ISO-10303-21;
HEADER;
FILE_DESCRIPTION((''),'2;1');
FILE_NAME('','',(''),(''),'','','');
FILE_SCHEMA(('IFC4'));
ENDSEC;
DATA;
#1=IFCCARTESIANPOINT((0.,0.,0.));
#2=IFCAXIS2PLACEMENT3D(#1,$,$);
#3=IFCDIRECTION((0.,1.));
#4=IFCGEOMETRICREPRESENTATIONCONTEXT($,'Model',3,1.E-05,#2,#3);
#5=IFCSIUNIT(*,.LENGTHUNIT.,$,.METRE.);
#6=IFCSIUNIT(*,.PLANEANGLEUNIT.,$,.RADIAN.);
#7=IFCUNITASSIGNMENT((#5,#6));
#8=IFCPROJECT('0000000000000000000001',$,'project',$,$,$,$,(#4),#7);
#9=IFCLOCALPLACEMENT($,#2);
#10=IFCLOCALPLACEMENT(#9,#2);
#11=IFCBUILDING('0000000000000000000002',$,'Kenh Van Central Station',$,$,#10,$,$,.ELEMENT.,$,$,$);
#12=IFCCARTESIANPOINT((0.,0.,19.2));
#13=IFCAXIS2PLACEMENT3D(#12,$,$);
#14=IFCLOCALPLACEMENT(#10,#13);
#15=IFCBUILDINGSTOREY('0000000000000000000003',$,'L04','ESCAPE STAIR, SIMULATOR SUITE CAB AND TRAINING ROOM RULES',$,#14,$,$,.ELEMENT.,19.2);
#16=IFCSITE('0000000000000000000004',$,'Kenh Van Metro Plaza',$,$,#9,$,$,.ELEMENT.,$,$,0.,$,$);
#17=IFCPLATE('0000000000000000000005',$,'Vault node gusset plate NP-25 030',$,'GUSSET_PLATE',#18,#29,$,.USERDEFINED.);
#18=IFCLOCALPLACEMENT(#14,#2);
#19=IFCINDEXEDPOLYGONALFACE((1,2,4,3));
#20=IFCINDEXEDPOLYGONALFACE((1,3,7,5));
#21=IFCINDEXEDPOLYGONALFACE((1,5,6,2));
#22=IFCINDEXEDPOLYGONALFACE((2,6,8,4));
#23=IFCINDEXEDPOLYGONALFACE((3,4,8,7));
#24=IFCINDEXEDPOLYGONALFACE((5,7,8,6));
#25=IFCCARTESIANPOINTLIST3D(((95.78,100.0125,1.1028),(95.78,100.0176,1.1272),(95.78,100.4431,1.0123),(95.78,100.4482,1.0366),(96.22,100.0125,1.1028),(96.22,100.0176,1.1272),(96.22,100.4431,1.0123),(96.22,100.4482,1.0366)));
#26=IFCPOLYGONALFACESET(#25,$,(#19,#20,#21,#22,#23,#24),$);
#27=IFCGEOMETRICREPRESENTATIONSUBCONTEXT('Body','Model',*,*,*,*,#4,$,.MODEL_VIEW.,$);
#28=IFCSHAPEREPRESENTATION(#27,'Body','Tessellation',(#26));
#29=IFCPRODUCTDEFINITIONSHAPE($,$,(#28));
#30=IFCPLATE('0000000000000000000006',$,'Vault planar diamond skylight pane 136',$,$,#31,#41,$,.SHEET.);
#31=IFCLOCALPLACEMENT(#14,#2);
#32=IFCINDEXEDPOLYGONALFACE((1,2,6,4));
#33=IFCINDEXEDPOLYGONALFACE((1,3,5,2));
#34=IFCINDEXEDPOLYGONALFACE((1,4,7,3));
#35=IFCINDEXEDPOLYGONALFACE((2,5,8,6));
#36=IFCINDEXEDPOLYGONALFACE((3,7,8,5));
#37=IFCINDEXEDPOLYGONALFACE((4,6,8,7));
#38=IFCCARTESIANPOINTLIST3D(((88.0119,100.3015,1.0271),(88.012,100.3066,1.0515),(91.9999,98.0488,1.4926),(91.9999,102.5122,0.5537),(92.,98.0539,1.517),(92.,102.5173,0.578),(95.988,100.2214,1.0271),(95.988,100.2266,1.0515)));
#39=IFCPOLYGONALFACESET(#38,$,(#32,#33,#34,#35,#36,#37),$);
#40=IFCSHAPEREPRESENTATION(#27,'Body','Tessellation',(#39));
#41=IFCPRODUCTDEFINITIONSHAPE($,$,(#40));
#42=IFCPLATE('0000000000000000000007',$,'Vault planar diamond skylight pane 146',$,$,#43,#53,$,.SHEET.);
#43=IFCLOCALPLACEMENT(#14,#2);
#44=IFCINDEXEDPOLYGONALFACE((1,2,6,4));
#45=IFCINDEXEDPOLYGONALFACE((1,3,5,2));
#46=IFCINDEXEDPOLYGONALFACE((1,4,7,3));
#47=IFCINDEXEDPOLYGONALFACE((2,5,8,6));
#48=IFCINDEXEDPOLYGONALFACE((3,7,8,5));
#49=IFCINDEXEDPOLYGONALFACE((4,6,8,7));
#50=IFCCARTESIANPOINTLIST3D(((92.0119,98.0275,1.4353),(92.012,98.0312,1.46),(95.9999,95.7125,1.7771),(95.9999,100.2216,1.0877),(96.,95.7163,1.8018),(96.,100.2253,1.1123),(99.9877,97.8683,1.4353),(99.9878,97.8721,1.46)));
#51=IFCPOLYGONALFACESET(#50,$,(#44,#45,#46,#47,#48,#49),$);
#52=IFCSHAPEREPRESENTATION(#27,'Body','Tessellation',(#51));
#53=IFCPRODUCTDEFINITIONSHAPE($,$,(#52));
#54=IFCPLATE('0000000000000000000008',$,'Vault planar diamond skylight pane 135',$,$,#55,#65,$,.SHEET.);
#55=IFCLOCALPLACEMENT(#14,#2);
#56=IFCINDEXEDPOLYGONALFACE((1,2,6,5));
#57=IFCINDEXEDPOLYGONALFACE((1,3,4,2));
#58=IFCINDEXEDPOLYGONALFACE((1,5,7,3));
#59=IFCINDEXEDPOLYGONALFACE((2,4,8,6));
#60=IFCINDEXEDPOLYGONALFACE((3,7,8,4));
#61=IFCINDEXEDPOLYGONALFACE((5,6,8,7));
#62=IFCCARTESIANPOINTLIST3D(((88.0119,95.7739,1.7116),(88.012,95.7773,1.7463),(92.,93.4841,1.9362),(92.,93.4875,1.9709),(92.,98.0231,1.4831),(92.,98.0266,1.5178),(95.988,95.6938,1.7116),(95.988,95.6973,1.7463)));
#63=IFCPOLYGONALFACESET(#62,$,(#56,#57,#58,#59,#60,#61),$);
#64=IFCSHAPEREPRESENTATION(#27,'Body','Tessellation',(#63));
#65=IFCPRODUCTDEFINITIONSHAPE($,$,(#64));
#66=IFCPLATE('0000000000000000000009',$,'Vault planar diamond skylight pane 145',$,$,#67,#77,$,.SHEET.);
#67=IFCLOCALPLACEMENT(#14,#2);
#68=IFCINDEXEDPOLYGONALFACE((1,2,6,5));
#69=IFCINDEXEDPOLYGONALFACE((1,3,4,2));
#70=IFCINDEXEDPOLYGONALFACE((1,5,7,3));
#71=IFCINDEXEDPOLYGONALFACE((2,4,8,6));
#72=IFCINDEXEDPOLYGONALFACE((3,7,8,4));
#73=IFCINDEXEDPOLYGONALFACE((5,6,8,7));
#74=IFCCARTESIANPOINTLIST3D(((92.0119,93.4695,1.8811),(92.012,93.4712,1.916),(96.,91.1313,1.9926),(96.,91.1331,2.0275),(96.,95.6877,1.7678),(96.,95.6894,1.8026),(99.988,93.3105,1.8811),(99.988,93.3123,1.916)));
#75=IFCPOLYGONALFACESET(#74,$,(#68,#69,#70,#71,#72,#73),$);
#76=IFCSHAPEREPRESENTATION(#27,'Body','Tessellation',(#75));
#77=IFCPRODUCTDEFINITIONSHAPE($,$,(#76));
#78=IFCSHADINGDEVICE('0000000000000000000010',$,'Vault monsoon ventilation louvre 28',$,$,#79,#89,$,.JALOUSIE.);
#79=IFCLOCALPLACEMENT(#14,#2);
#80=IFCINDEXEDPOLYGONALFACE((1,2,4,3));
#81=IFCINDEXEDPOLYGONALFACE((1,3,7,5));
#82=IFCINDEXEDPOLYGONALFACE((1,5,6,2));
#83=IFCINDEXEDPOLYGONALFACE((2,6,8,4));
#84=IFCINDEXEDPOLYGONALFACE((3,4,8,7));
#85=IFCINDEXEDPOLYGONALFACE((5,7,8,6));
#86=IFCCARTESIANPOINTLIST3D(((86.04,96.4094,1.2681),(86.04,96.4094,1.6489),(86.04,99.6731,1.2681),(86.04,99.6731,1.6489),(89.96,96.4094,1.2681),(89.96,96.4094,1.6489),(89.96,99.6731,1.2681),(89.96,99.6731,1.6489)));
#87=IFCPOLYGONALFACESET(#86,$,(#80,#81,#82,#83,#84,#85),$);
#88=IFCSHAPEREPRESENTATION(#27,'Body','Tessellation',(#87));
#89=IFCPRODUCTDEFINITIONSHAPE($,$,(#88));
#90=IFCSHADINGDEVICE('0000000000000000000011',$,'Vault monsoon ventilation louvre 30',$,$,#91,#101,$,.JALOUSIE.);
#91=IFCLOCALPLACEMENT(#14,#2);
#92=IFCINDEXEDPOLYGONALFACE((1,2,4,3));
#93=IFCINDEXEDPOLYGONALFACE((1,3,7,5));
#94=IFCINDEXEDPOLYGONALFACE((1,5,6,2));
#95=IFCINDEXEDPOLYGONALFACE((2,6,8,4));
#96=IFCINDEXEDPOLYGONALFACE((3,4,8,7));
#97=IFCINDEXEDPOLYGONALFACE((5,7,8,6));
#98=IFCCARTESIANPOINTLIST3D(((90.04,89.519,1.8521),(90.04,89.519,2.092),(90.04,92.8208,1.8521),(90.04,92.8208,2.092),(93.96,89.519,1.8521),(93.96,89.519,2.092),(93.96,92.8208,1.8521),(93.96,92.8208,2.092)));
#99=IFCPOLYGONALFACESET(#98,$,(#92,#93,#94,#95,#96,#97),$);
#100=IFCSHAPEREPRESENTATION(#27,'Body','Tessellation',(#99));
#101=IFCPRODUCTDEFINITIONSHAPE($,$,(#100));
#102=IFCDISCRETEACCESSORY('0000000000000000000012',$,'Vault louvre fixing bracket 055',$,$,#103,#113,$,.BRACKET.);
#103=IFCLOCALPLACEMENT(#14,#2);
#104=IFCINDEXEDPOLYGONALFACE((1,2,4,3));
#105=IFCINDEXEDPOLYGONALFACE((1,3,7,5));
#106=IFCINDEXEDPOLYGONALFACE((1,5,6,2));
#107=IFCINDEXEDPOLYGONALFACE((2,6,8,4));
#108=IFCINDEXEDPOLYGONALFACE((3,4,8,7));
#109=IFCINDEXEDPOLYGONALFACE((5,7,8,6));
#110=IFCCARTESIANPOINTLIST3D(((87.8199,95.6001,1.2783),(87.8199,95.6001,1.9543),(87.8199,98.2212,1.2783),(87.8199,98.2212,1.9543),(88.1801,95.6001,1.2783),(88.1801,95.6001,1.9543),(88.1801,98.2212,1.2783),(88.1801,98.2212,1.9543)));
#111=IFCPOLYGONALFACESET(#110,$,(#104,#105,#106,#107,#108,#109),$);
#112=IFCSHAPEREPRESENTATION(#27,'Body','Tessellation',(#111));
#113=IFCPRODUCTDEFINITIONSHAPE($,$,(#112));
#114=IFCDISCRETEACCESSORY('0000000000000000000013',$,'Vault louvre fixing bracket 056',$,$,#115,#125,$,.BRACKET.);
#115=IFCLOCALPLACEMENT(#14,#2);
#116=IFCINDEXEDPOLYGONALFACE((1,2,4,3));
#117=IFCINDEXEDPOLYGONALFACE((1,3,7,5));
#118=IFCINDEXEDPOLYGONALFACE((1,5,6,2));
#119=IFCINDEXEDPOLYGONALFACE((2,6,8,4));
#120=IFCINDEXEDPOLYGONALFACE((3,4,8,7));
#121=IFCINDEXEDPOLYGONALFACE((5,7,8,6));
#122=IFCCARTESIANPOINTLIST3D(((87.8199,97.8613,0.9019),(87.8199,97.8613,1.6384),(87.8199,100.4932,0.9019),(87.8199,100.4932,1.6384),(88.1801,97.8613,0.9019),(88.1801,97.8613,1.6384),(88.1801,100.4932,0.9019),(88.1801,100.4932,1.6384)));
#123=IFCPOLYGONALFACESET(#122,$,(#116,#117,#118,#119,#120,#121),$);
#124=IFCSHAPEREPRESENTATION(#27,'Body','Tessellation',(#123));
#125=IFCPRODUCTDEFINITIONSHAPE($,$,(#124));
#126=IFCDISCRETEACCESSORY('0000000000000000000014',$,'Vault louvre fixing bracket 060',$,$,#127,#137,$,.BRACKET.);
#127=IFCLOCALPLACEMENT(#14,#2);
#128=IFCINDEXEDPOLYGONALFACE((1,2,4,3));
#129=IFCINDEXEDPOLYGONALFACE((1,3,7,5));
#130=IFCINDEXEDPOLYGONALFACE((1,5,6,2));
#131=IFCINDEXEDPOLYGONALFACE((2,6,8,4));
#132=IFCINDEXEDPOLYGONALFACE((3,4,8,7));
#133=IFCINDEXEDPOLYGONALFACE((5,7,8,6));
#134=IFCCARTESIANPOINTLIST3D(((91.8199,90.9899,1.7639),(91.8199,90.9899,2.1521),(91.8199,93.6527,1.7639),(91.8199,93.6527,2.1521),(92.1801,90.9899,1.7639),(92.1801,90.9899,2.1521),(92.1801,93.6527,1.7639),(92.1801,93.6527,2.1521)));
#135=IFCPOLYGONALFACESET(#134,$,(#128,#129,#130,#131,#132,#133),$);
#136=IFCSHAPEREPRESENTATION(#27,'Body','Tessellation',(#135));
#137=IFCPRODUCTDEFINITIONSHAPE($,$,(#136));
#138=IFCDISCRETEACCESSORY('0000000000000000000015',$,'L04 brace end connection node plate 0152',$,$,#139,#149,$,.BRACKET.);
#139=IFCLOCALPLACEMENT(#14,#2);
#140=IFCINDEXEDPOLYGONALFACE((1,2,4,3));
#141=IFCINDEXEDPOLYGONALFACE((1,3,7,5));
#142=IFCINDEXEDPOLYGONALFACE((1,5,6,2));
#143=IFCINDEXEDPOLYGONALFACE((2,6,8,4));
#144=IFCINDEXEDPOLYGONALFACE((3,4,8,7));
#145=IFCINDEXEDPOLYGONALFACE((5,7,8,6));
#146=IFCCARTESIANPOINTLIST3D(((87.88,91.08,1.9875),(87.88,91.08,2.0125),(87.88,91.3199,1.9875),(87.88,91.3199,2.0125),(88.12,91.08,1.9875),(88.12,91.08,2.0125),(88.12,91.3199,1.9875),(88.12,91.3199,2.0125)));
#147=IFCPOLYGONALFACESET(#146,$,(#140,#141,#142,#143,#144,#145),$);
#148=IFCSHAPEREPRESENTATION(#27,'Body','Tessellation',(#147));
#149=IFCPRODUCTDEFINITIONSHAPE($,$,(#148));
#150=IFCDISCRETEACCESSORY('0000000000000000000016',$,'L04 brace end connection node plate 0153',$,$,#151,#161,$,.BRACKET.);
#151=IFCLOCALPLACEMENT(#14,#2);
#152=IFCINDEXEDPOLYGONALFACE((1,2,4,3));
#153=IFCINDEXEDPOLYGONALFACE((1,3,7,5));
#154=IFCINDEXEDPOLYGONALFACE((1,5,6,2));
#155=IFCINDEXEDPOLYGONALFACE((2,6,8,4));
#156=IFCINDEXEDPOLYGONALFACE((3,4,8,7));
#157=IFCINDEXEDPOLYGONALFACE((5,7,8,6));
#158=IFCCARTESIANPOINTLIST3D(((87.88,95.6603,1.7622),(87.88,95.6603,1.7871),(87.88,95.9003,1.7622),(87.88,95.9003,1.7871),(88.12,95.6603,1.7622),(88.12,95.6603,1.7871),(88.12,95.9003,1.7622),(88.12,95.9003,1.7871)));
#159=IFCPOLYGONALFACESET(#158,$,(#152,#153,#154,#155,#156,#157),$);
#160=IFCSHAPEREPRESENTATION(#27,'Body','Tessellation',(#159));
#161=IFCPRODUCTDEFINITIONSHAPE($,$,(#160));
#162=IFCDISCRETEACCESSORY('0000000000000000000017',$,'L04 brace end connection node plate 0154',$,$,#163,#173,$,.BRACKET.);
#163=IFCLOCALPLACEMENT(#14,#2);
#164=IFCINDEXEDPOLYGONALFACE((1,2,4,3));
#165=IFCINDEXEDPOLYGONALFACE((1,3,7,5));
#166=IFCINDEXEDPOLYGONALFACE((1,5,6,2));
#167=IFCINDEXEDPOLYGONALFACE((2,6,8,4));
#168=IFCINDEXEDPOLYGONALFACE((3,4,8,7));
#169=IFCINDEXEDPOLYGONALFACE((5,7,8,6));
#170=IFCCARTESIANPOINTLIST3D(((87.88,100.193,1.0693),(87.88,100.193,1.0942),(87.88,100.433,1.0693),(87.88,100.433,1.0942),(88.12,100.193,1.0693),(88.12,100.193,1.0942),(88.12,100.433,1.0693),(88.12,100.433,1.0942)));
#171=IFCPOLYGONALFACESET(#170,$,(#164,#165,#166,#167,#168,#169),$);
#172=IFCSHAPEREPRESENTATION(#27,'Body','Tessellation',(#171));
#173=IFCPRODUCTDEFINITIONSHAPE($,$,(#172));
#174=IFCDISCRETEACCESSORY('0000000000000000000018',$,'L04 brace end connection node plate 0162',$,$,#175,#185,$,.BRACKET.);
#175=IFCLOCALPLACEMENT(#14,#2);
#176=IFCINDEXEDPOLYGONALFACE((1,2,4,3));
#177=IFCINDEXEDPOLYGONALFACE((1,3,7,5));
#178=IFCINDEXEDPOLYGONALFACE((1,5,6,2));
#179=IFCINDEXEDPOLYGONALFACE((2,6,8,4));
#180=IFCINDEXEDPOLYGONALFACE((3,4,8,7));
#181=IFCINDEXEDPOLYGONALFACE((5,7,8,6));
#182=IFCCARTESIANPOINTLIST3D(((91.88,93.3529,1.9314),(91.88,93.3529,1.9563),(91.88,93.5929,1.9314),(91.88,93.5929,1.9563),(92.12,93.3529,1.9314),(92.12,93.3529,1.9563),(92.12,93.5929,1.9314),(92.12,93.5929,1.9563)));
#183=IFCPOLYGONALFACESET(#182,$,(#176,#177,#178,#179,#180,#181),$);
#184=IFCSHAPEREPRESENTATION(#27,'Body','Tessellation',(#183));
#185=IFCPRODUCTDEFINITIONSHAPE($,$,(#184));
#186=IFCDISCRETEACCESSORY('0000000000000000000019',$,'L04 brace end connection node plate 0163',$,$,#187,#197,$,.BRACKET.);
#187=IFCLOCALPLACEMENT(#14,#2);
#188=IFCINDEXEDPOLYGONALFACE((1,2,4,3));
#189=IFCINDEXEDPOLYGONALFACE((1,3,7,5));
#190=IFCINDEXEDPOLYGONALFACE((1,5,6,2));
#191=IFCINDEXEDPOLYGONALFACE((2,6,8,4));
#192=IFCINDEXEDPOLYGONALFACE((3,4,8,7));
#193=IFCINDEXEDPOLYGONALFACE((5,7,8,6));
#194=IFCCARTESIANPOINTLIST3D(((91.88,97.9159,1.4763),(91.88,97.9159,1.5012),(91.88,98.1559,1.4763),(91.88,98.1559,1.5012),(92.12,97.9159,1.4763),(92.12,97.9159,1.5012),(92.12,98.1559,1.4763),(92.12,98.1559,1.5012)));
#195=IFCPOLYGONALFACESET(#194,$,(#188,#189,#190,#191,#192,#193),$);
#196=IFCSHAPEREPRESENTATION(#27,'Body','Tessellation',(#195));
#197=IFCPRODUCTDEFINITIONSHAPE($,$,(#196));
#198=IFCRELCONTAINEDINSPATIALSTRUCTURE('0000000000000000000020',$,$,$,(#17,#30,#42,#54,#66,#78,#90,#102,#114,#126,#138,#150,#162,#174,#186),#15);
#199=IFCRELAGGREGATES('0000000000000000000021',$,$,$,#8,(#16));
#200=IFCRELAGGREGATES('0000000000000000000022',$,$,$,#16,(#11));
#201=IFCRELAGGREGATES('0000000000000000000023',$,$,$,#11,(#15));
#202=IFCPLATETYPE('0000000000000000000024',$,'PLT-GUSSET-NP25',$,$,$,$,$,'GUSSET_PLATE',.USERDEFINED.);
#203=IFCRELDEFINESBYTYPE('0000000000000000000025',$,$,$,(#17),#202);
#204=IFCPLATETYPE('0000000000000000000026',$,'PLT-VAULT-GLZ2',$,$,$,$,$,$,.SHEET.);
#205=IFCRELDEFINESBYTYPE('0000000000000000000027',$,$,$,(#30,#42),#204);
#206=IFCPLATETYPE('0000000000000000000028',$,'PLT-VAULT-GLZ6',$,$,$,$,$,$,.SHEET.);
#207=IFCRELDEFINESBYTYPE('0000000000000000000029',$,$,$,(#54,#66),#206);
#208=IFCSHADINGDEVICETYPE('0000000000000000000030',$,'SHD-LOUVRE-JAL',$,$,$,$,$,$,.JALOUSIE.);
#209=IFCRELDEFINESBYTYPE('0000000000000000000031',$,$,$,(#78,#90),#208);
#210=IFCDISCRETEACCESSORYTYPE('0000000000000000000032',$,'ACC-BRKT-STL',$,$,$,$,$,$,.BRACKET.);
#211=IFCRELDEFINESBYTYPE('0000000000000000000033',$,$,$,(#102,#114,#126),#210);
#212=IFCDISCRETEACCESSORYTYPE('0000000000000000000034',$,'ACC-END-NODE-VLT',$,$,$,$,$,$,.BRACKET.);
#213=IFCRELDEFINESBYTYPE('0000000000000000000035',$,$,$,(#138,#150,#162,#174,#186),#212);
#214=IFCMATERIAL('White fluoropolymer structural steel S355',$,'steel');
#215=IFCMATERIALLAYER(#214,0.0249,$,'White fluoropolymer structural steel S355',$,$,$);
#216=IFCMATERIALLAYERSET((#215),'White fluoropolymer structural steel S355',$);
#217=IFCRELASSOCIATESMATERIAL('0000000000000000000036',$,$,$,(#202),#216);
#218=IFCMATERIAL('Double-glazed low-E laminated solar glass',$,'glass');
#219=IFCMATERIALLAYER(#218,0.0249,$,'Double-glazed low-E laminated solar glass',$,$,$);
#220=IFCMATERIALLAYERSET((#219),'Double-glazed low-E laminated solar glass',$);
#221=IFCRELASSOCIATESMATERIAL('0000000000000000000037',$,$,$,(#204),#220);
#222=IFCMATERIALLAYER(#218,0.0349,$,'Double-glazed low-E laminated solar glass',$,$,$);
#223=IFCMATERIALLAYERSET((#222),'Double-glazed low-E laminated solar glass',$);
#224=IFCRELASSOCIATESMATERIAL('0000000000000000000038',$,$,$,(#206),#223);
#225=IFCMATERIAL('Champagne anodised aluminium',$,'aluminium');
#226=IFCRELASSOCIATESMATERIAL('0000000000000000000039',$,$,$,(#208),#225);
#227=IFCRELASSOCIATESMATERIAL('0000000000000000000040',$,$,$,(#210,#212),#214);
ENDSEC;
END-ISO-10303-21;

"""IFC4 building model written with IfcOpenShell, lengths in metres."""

from ifc_helpers import new_model, si_unit, direction, frame, origin, origin_2d, place, context, subcontext, project, spatial, polyline, rectangle, outline, extrude, material, layer, layer_set, type_object, element, save


model = new_model("IFC4")

# Units and contexts
model_context = context("Model", 3, precision=1e-05, world=origin(), true_north=direction((0.0, 1.0)))
body_context = subcontext(model_context, "Body", "Model", "MODEL_VIEW")
ifc_project = project(units=[si_unit("LENGTHUNIT", "METRE"), si_unit("PLANEANGLEUNIT", "RADIAN")], contexts=[model_context])

# Site, building, storey
site_placement = place(None, origin())
site = spatial("IfcSite", under=ifc_project, at=site_placement, Name="Kenh Van Metro Plaza", CompositionType="ELEMENT", RefElevation=0.0)
building_placement = place(site_placement, origin())
building = spatial("IfcBuilding", under=site, at=building_placement, Name="Kenh Van Central Station", CompositionType="ELEMENT")
storey_placement = place(building_placement, frame((0.0, 0.0, 19.2)))
storey = spatial("IfcBuildingStorey", under=building, at=storey_placement, Name="L04", Description="ESCAPE STAIR, SIMULATOR SUITE CAB AND TRAINING ROOM RULES", CompositionType="ELEMENT", Elevation=19.2)

# Shared definitions
ifc_material_1 = material(Name="White fluoropolymer structural steel S355", Category="steel")

# Plates
ifc_layer_1 = layer(ifc_material_1, 0.0249, Name="White fluoropolymer structural steel S355")
ifc_layer_set_1 = layer_set([ifc_layer_1], Name="White fluoropolymer structural steel S355")
plate_type_1 = type_object("IfcPlateType", Name="PLT-GUSSET-NP25", ElementType="GUSSET_PLATE", PredefinedType="USERDEFINED", material=ifc_layer_set_1)
plate_1_placement = place(storey_placement, frame((95.78, 100.0176, 1.1272), z_axis=(0.0, 0.205815, 0.978591), x_axis=(1.0, 0.0, 0.0)))
element("IfcPlate", 1, at=plate_1_placement, inside=storey, type_object=plate_type_1, Name="Vault node gusset plate NP-25 030", ObjectType="GUSSET_PLATE", PredefinedType="USERDEFINED", context=body_context, shape_type="SweptSolid", body=[
    extrude(outline(polyline([(0.0, 0.0), (0.4399, 0.0), (0.4399, 0.4401), (0.0, 0.4401), (0.0, 0.0)])), origin(), (0.0, 0.0, -1.0), 0.0249),
])
ifc_material_2 = material(Name="Double-glazed low-E laminated solar glass", Category="glass")
ifc_layer_2 = layer(ifc_material_2, 0.0249, Name="Double-glazed low-E laminated solar glass")
ifc_layer_set_2 = layer_set([ifc_layer_2], Name="Double-glazed low-E laminated solar glass")
plate_type_2 = type_object("IfcPlateType", Name="PLT-VAULT-GLZ2", PredefinedType="SHEET", material=ifc_layer_set_2)
plate_2_placement = place(storey_placement, frame((88.012, 100.3066, 1.0515), z_axis=(0.002067, 0.205864, 0.978578), x_axis=(0.866232, -0.489305, 0.101106)))
element("IfcPlate", 2, at=plate_2_placement, inside=storey, type_object=plate_type_2, Name="Vault planar diamond skylight pane 136", PredefinedType="SHEET", context=body_context, shape_type="SweptSolid", body=[
    extrude(outline(polyline([(0.0, 0.0), (4.6039, 0.0), (6.9483, 3.9173), (2.325, 3.951), (0.0, 0.0)])), origin(), (0.0, 0.0, -1.0), 0.0249),
])
plate_3_placement = place(storey_placement, frame((92.012, 98.0312, 1.46), z_axis=(0.003017, 0.151147, 0.988507), x_axis=(0.862488, -0.50065, 0.07392)))
element("IfcPlate", 3, at=plate_3_placement, inside=storey, type_object=plate_type_2, Name="Vault planar diamond skylight pane 146", PredefinedType="SHEET", context=body_context, shape_type="SweptSolid", body=[
    extrude(outline(polyline([(0.0, 0.0), (4.6239, 0.0), (6.9588, 3.9006), (2.3155, 3.9342), (0.0, 0.0)])), origin(), (0.0, 0.0, -1.0), 0.0249),
])
ifc_layer_3 = layer(ifc_material_2, 0.0349, Name="Double-glazed low-E laminated solar glass")
ifc_layer_set_3 = layer_set([ifc_layer_3], Name="Double-glazed low-E laminated solar glass")
plate_type_3 = type_object("IfcPlateType", Name="PLT-VAULT-GLZ6", PredefinedType="SHEET", material=ifc_layer_set_3)
plate_4_placement = place(storey_placement, frame((88.012, 95.7773, 1.7463), z_axis=(0.000997, 0.099334, 0.995054), x_axis=(0.866186, -0.497335, 0.04878)))
element("IfcPlate", 4, at=plate_4_placement, inside=storey, type_object=plate_type_3, Name="Vault planar diamond skylight pane 135", PredefinedType="SHEET", context=body_context, shape_type="SweptSolid", body=[
    extrude(outline(polyline([(0.0, 0.0), (4.6041, 0.0), (6.9486, 3.9168), (2.3246, 3.9512), (0.0, 0.0)])), origin(), (0.0, 0.0, -1.0), 0.0349),
])
plate_5_placement = place(storey_placement, frame((92.012, 93.4712, 1.916), z_axis=(0.000982, 0.049289, 0.998784), x_axis=(0.862417, -0.505625, 0.024104)))
element("IfcPlate", 5, at=plate_5_placement, inside=storey, type_object=plate_type_3, Name="Vault planar diamond skylight pane 145", PredefinedType="SHEET", context=body_context, shape_type="SweptSolid", body=[
    extrude(outline(polyline([(0.0, 0.0), (4.6243, 0.0), (6.9591, 3.9006), (2.315, 3.9343), (0.0, 0.0)])), origin(), (0.0, 0.0, -1.0), 0.0349),
])

# Shading devices
ifc_material_3 = material(Name="Champagne anodised aluminium", Category="aluminium")
shading_device_type = type_object("IfcShadingDeviceType", Name="SHD-LOUVRE-JAL", PredefinedType="JALOUSIE", material=ifc_material_3)
shading_device_1_placement = place(storey_placement, frame((88.0, 98.0413, 1.2681), z_axis=(0.0, 0.0, 1.0), x_axis=(1.0, 0.0, 0.0)))
element("IfcShadingDevice", 6, at=shading_device_1_placement, inside=storey, type_object=shading_device_type, Name="Vault monsoon ventilation louvre 28", PredefinedType="JALOUSIE", context=body_context, shape_type="SweptSolid", body=[
    extrude(rectangle(XDim=3.9199, YDim=3.2637, at=origin_2d()), origin(), (0.0, 0.0, 1.0), 0.3809),
])
shading_device_2_placement = place(storey_placement, frame((92.0, 91.1699, 1.8521), z_axis=(0.0, 0.0, 1.0), x_axis=(1.0, 0.0, 0.0)))
element("IfcShadingDevice", 7, at=shading_device_2_placement, inside=storey, type_object=shading_device_type, Name="Vault monsoon ventilation louvre 30", PredefinedType="JALOUSIE", context=body_context, shape_type="SweptSolid", body=[
    extrude(rectangle(XDim=3.9199, YDim=3.3018, at=origin_2d()), origin(), (0.0, 0.0, 1.0), 0.24),
])

# Discrete accessories
discrete_accessory_type_1 = type_object("IfcDiscreteAccessoryType", Name="ACC-BRKT-STL", PredefinedType="BRACKET", material=ifc_material_1)
discrete_accessory_1_placement = place(storey_placement, frame((88.0, 96.9106, 1.2783), z_axis=(0.0, 0.0, 1.0), x_axis=(1.0, 0.0, 0.0)))
element("IfcDiscreteAccessory", 8, at=discrete_accessory_1_placement, inside=storey, type_object=discrete_accessory_type_1, Name="Vault louvre fixing bracket 055", PredefinedType="BRACKET", context=body_context, shape_type="SweptSolid", body=[
    extrude(rectangle(XDim=0.3601, YDim=2.6211, at=origin_2d()), origin(), (0.0, 0.0, 1.0), 0.676),
])
discrete_accessory_2_placement = place(storey_placement, frame((88.0, 99.1772, 0.9019), z_axis=(0.0, 0.0, 1.0), x_axis=(1.0, 0.0, 0.0)))
element("IfcDiscreteAccessory", 9, at=discrete_accessory_2_placement, inside=storey, type_object=discrete_accessory_type_1, Name="Vault louvre fixing bracket 056", PredefinedType="BRACKET", context=body_context, shape_type="SweptSolid", body=[
    extrude(rectangle(XDim=0.3601, YDim=2.6318, at=origin_2d()), origin(), (0.0, 0.0, 1.0), 0.7366),
])
discrete_accessory_3_placement = place(storey_placement, frame((92.0, 92.3213, 1.7639), z_axis=(0.0, 0.0, 1.0), x_axis=(1.0, 0.0, 0.0)))
element("IfcDiscreteAccessory", 10, at=discrete_accessory_3_placement, inside=storey, type_object=discrete_accessory_type_1, Name="Vault louvre fixing bracket 060", PredefinedType="BRACKET", context=body_context, shape_type="SweptSolid", body=[
    extrude(rectangle(XDim=0.3601, YDim=2.6628, at=origin_2d()), origin(), (0.0, 0.0, 1.0), 0.3882),
])
discrete_accessory_type_2 = type_object("IfcDiscreteAccessoryType", Name="ACC-END-NODE-VLT", PredefinedType="BRACKET", material=ifc_material_1)
for number, where, z_axis, x_axis, name in (
    (11, (88.0, 91.2, 1.9875), (0.0, 0.0, 1.0), (1.0, 0.0, 0.0), "L04 brace end connection node plate 0152"),
    (12, (88.0, 95.7803, 1.7622), (0.0, 0.0, 1.0), (1.0, 0.0, 0.0), "L04 brace end connection node plate 0153"),
    (13, (88.0, 100.313, 1.0693), (0.0, 0.0, 1.0), (1.0, 0.0, 0.0), "L04 brace end connection node plate 0154"),
    (14, (92.0, 93.4729, 1.9314), (0.0, 0.0, 1.0), (1.0, 0.0, 0.0), "L04 brace end connection node plate 0162"),
    (15, (92.0, 98.0359, 1.4763), (0.0, 0.0, 1.0), (1.0, 0.0, 0.0), "L04 brace end connection node plate 0163"),
):
    element("IfcDiscreteAccessory", number, at=place(storey_placement, frame(where, z_axis=z_axis, x_axis=x_axis)), inside=storey, type_object=discrete_accessory_type_2, Name=name, PredefinedType="BRACKET", context=body_context, shape_type="SweptSolid", body=[
        extrude(rectangle(XDim=0.24, YDim=0.24, at=origin_2d()), origin(), (0.0, 0.0, 1.0), 0.0249),
    ])

save(model, "model.ifc")
